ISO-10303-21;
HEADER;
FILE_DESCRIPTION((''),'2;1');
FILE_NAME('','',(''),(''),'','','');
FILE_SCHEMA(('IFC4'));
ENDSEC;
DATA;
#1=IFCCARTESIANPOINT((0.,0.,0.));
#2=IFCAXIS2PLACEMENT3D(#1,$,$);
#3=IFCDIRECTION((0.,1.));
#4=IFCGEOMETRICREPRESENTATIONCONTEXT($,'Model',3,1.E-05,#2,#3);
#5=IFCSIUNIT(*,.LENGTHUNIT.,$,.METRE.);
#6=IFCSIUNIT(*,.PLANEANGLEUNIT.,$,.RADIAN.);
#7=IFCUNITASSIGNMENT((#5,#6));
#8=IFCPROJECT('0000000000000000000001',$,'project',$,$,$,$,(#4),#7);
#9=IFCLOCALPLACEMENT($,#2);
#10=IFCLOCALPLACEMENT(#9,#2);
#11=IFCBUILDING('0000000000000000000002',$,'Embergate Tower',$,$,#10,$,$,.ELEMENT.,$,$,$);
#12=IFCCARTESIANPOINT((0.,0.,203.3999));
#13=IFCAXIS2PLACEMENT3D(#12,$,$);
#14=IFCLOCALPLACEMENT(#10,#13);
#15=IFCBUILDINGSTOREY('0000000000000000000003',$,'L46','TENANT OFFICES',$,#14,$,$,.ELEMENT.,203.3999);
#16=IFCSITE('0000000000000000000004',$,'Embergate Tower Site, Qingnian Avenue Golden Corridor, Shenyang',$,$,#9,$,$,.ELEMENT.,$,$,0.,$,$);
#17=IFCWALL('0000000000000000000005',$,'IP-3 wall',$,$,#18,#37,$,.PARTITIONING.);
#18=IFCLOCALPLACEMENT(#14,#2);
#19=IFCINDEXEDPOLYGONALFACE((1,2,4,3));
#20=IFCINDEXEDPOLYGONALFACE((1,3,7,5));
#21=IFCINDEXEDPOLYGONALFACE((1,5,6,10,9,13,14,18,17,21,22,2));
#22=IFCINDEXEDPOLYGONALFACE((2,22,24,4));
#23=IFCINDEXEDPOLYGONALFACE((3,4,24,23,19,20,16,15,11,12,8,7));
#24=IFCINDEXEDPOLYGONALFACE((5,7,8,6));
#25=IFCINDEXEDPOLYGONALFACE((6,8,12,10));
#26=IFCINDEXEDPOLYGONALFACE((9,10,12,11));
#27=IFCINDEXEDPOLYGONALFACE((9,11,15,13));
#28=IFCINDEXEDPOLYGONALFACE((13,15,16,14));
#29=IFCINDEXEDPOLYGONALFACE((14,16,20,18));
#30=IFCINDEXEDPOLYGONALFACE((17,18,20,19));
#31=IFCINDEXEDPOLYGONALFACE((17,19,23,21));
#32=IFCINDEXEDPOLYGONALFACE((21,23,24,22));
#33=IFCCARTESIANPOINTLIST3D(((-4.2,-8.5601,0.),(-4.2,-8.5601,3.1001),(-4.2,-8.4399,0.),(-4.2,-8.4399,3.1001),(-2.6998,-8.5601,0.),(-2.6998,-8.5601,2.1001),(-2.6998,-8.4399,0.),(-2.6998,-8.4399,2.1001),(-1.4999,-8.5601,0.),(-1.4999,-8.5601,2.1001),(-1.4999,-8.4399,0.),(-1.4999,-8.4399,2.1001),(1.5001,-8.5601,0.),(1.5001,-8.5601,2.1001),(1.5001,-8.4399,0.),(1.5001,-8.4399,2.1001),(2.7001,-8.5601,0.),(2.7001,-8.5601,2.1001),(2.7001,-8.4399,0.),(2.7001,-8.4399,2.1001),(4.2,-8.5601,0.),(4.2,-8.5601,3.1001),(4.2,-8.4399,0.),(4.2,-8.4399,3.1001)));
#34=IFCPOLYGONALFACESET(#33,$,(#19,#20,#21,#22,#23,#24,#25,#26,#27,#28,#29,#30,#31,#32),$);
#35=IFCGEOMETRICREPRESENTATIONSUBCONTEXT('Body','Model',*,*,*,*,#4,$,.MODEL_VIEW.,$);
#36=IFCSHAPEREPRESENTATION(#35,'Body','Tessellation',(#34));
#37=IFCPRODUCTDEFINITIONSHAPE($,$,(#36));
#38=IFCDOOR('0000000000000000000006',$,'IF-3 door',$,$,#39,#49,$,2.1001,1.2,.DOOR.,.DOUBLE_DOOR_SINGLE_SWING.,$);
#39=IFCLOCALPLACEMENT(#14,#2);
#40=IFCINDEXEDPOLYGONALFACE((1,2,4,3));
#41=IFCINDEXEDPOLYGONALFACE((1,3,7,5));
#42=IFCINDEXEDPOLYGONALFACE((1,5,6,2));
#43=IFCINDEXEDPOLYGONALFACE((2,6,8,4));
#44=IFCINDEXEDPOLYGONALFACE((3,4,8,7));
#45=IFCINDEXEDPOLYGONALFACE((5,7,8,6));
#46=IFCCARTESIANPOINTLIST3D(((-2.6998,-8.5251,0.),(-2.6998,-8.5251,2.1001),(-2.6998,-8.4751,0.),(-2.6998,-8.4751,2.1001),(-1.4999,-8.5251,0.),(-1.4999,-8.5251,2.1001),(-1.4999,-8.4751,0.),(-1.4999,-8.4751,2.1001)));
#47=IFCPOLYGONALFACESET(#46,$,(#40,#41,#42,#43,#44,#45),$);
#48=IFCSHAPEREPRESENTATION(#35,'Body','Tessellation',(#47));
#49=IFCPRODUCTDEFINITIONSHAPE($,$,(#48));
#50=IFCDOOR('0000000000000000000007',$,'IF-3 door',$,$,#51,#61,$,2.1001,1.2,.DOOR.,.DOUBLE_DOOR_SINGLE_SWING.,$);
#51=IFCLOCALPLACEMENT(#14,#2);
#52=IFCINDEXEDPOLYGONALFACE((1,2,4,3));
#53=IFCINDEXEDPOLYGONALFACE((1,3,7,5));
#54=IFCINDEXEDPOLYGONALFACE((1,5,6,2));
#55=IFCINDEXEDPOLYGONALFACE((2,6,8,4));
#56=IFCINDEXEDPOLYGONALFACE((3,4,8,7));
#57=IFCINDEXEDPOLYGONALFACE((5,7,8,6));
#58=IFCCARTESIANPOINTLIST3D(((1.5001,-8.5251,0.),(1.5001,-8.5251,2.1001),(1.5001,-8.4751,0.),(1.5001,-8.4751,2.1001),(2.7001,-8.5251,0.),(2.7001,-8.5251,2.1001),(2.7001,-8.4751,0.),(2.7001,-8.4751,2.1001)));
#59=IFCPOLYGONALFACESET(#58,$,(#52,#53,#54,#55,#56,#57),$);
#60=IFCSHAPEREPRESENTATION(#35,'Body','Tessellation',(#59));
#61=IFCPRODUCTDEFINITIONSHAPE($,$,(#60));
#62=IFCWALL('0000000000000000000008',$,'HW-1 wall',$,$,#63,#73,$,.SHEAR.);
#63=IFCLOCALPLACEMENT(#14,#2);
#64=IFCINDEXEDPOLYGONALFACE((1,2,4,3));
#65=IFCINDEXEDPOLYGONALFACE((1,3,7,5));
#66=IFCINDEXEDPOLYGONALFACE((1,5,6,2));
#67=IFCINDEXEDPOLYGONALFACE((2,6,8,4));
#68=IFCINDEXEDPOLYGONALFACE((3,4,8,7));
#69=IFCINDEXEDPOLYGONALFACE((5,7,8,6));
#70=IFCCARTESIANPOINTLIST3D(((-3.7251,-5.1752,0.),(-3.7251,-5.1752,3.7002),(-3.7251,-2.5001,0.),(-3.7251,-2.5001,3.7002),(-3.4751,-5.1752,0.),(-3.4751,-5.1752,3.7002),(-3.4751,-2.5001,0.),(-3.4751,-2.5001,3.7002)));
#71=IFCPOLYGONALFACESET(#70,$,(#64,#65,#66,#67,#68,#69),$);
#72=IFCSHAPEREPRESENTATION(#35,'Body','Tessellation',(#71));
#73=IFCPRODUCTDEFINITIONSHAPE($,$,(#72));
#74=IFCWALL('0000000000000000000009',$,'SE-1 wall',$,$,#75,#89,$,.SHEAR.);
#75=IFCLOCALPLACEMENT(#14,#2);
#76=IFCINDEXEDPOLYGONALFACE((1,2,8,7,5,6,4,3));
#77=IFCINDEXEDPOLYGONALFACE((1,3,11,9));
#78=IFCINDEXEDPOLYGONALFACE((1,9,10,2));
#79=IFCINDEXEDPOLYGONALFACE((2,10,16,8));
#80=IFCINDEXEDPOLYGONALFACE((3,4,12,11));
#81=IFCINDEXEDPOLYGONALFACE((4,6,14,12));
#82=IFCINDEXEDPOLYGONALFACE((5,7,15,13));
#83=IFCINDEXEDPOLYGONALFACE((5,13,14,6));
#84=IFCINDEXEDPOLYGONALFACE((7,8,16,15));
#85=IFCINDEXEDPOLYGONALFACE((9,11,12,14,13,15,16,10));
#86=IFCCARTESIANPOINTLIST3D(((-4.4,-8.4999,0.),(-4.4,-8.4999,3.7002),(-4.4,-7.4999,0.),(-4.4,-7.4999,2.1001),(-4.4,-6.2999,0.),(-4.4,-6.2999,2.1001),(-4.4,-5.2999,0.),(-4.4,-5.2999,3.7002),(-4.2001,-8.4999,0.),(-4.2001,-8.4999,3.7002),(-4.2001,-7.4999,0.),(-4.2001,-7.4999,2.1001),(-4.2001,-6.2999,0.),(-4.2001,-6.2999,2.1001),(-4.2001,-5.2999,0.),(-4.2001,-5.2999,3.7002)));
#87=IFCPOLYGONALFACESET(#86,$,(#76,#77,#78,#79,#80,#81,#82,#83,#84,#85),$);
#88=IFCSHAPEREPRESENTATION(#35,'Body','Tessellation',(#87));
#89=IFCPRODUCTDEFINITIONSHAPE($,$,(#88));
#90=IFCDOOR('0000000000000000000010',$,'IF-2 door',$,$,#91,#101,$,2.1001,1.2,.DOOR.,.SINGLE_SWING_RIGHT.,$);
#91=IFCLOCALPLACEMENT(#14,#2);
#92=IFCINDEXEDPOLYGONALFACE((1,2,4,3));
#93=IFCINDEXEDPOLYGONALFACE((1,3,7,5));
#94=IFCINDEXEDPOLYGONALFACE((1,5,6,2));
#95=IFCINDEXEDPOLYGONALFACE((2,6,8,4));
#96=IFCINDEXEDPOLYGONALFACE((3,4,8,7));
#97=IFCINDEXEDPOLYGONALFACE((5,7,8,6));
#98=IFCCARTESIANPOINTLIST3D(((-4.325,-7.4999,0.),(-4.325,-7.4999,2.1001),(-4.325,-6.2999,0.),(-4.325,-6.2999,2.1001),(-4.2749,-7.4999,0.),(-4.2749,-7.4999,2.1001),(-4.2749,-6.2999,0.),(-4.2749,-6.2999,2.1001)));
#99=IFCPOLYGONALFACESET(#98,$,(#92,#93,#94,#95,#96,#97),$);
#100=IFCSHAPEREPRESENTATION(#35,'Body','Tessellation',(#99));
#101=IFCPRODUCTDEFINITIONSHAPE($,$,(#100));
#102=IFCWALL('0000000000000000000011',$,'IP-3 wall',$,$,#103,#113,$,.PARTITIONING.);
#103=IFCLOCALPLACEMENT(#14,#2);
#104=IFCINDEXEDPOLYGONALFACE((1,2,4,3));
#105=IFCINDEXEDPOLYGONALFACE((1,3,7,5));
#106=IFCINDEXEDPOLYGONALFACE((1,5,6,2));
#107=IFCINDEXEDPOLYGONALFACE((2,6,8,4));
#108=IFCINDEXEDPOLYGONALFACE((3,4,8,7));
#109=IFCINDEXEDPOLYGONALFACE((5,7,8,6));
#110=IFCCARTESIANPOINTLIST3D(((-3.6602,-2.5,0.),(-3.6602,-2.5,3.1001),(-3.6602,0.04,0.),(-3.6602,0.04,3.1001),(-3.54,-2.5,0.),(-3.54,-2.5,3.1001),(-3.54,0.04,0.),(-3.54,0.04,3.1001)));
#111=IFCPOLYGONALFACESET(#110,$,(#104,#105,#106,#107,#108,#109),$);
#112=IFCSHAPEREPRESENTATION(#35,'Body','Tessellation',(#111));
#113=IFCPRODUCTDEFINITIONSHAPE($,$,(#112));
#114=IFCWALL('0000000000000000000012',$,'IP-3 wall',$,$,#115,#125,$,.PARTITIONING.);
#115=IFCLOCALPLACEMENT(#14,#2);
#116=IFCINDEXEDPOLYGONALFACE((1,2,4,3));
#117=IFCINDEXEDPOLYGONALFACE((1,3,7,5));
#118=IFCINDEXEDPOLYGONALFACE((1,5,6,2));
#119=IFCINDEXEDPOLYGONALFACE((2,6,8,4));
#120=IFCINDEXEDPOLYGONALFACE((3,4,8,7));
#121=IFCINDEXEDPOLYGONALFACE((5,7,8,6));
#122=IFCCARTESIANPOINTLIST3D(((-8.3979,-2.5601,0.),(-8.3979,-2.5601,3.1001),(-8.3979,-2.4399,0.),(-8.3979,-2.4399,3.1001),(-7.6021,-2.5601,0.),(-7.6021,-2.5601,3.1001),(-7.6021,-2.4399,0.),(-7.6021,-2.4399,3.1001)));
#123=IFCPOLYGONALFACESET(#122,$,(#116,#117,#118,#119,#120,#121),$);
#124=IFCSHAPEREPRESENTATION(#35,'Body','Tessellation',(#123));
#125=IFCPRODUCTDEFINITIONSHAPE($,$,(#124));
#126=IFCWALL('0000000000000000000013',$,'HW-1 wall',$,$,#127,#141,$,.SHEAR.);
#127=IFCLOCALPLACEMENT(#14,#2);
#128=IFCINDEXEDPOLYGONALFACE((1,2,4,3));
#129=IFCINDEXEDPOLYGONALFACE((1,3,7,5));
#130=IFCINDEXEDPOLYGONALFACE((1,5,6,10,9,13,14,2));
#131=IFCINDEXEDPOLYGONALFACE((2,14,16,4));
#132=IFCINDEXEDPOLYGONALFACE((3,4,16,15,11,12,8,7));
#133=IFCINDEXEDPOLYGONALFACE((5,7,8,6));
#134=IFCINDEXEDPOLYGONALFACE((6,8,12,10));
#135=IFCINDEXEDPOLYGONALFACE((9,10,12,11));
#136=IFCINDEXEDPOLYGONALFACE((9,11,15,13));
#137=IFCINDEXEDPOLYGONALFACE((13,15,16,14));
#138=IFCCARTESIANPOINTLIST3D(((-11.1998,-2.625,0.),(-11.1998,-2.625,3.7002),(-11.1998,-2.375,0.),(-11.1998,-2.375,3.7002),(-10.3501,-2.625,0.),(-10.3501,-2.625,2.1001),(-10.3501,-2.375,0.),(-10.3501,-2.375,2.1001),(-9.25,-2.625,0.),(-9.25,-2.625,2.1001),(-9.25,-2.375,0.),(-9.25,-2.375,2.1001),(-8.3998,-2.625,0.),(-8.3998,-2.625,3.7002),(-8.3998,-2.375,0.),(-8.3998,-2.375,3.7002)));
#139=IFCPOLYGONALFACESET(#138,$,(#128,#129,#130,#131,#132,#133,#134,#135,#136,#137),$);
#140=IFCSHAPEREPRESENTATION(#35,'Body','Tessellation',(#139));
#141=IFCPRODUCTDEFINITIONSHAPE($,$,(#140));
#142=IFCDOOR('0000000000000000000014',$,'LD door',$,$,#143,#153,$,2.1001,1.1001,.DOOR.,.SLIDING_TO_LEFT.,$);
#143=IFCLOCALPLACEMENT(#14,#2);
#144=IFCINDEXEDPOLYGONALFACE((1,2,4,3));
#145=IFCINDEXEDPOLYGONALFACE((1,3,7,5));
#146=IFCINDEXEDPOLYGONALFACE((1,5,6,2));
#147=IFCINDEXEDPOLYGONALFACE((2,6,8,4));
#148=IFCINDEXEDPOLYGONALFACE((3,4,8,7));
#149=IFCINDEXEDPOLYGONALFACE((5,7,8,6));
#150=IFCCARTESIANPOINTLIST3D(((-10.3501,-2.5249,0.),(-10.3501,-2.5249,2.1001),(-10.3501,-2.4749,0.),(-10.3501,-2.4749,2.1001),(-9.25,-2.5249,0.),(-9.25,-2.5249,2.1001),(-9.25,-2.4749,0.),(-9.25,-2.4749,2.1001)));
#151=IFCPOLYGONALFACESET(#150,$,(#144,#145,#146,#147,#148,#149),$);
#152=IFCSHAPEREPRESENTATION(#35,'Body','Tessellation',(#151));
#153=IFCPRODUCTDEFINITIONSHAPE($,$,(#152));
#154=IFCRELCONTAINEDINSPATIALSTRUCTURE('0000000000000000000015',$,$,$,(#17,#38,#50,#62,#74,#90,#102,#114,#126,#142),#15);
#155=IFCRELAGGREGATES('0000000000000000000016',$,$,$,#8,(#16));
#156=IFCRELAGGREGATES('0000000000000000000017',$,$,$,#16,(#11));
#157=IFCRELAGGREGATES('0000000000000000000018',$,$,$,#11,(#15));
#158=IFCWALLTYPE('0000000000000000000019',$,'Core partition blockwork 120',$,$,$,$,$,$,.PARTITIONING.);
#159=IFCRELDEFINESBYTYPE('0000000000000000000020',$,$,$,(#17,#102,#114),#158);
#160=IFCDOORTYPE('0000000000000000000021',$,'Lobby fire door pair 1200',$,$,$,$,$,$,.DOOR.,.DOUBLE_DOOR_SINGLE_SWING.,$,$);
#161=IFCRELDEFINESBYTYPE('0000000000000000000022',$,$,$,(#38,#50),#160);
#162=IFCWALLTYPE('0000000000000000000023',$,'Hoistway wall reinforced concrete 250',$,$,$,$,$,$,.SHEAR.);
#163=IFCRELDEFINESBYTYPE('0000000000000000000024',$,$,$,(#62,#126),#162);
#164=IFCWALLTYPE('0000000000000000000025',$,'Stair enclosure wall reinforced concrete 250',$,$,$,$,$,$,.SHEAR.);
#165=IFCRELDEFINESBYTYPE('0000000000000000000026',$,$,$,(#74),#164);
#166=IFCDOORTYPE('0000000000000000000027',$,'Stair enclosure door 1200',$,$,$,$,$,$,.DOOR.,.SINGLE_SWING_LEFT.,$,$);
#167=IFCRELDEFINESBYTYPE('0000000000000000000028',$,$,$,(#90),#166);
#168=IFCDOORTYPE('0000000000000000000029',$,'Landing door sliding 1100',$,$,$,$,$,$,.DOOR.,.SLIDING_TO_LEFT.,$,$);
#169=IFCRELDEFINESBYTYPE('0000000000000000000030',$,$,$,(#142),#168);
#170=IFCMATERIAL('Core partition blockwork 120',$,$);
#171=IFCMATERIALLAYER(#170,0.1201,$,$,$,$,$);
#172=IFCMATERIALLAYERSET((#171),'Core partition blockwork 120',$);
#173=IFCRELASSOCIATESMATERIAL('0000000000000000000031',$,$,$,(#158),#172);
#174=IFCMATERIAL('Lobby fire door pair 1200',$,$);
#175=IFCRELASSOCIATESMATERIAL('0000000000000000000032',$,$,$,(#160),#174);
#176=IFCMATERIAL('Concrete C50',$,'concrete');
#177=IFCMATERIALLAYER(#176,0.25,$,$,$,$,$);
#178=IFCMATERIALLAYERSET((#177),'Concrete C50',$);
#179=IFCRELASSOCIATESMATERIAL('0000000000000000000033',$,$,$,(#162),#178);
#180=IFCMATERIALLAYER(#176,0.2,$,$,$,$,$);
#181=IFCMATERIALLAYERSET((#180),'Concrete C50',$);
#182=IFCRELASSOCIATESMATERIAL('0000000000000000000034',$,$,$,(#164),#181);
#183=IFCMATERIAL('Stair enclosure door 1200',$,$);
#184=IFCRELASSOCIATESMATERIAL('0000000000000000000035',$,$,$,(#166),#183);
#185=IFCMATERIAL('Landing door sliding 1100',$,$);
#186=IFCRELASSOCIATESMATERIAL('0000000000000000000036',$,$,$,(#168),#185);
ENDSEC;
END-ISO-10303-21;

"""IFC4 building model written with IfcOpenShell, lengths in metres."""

from ifc_helpers import new_model, si_unit, direction, frame, frame_2d, origin, place, context, subcontext, project, spatial, rectangle, extrude, source, transform, mapped, material, layer, layer_set, type_object, element, fill, save


model = new_model("IFC4")

# Units and contexts
model_context = context("Model", 3, precision=1e-05, world=origin(), true_north=direction((0.0, 1.0)))
body_context = subcontext(model_context, "Body", "Model", "MODEL_VIEW")
ifc_project = project(units=[si_unit("LENGTHUNIT", "METRE"), si_unit("PLANEANGLEUNIT", "RADIAN")], contexts=[model_context])

# Site, building, storey
site_placement = place(None, origin())
site = spatial("IfcSite", under=ifc_project, at=site_placement, Name="Embergate Tower Site, Qingnian Avenue Golden Corridor, Shenyang", CompositionType="ELEMENT", RefElevation=0.0)
building_placement = place(site_placement, origin())
building = spatial("IfcBuilding", under=site, at=building_placement, Name="Embergate Tower", CompositionType="ELEMENT")
storey_placement = place(building_placement, frame((0.0, 0.0, 203.3999)))
storey = spatial("IfcBuildingStorey", under=building, at=storey_placement, Name="L46", Description="TENANT OFFICES", CompositionType="ELEMENT", Elevation=203.3999)

# Wall, openings, doors
ifc_material_1 = material(Name="Core partition blockwork 120")
ifc_layer_1 = layer(ifc_material_1, 0.1201)
ifc_layer_set_1 = layer_set([ifc_layer_1], Name="Core partition blockwork 120")
wall_type_1 = type_object("IfcWallType", Name="Core partition blockwork 120", PredefinedType="PARTITIONING", material=ifc_layer_set_1)
shared_shape_1 = source(origin(), body_context, "Body", "SweptSolid", [
    extrude(rectangle(XDim=8.3999, YDim=0.1201, at=frame_2d((4.2, 0.0))), origin(), (0.0, 0.0, 1.0), 3.1001),
])
wall_1_placement = place(storey_placement, frame((-4.2, -8.5, 0.0), z_axis=(0.0, 0.0, 1.0), x_axis=(1.0, 0.0, 0.0)))
wall_1 = element("IfcWall", 1, at=wall_1_placement, inside=storey, type_object=wall_type_1, Name="IP-3 wall", PredefinedType="PARTITIONING", context=body_context, shape_type="MappedRepresentation", body=[
    mapped(shared_shape_1, transform((0.0, 0.0, 0.0))),
])
shared_shape_2 = source(origin(), body_context, "Body", "SweptSolid", [
    extrude(rectangle(XDim=1.2, YDim=2.1001, at=frame_2d((0.6001, 1.05))), frame((0.0, 0.0701, 0.0), z_axis=(0.0, -1.0, 0.0), x_axis=(1.0, 0.0, 0.0)), (0.0, 0.0, 1.0), 0.1401),
])
opening_1_placement = place(wall_1_placement, frame((1.5, 0.0, 0.0)))
opening_1 = element("IfcOpeningElement", 2, at=opening_1_placement, cuts=wall_1, PredefinedType="OPENING", context=body_context, shape_type="MappedRepresentation", body=[
    mapped(shared_shape_2, transform((0.0, 0.0, 0.0))),
])
opening_2_placement = place(wall_1_placement, frame((5.7, 0.0, 0.0)))
opening_2 = element("IfcOpeningElement", 3, at=opening_2_placement, cuts=wall_1, PredefinedType="OPENING", context=body_context, shape_type="MappedRepresentation", body=[
    mapped(shared_shape_2, transform((0.0, 0.0, 0.0))),
])
ifc_material_2 = material(Name="Lobby fire door pair 1200")
door_type_1 = type_object("IfcDoorType", Name="Lobby fire door pair 1200", OperationType="DOUBLE_DOOR_SINGLE_SWING", PredefinedType="DOOR", material=ifc_material_2)
shared_shape_3 = source(origin(), body_context, "Body", "SweptSolid", [
    extrude(rectangle(XDim=1.2, YDim=2.1001, at=frame_2d((0.6001, 1.05))), frame((0.0, 0.0249, 0.0), z_axis=(0.0, -1.0, 0.0), x_axis=(1.0, 0.0, 0.0)), (0.0, 0.0, 1.0), 0.05),
])
door_1_placement = place(opening_1_placement, origin())
door_1 = element("IfcDoor", 4, at=door_1_placement, inside=storey, type_object=door_type_1, Name="IF-3 door", OperationType="DOUBLE_DOOR_SINGLE_SWING", OverallHeight=2.1001, OverallWidth=1.2, PredefinedType="DOOR", context=body_context, shape_type="MappedRepresentation", body=[
    mapped(shared_shape_3, transform((0.0, 0.0, 0.0))),
])
fill(opening_1, door_1)
door_2_placement = place(opening_2_placement, origin())
door_2 = element("IfcDoor", 5, at=door_2_placement, inside=storey, type_object=door_type_1, Name="IF-3 door", OperationType="DOUBLE_DOOR_SINGLE_SWING", OverallHeight=2.1001, OverallWidth=1.2, PredefinedType="DOOR", context=body_context, shape_type="MappedRepresentation", body=[
    mapped(shared_shape_3, transform((0.0, 0.0, 0.0))),
])
fill(opening_2, door_2)

# Wall
ifc_material_3 = material(Name="Concrete C50", Category="concrete")
ifc_layer_2 = layer(ifc_material_3, 0.25)
ifc_layer_set_2 = layer_set([ifc_layer_2], Name="Concrete C50")
wall_type_2 = type_object("IfcWallType", Name="Hoistway wall reinforced concrete 250", PredefinedType="SHEAR", material=ifc_layer_set_2)
shared_shape_4 = source(origin(), body_context, "Body", "SweptSolid", [
    extrude(rectangle(XDim=2.675, YDim=0.25, at=frame_2d((1.3374, 0.0))), origin(), (0.0, 0.0, 1.0), 3.7002),
])
wall_2_placement = place(storey_placement, frame((-3.6001, -5.175, 0.0), z_axis=(0.0, 0.0, 1.0), x_axis=(0.0, 1.0, 0.0)))
element("IfcWall", 6, at=wall_2_placement, inside=storey, type_object=wall_type_2, Name="HW-1 wall", PredefinedType="SHEAR", context=body_context, shape_type="MappedRepresentation", body=[
    mapped(shared_shape_4, transform((0.0, 0.0, 0.0))),
])

# Wall, opening, door
ifc_layer_3 = layer(ifc_material_3, 0.2)
ifc_layer_set_3 = layer_set([ifc_layer_3], Name="Concrete C50")
wall_type_3 = type_object("IfcWallType", Name="Stair enclosure wall reinforced concrete 250", PredefinedType="SHEAR", material=ifc_layer_set_3)
shared_shape_5 = source(origin(), body_context, "Body", "SweptSolid", [
    extrude(rectangle(XDim=3.2, YDim=0.2, at=frame_2d((1.6001, 0.0))), origin(), (0.0, 0.0, 1.0), 3.7002),
])
wall_3_placement = place(storey_placement, frame((-4.3, -8.5, 0.0), z_axis=(0.0, 0.0, 1.0), x_axis=(0.0, 1.0, 0.0)))
wall_3 = element("IfcWall", 7, at=wall_3_placement, inside=storey, type_object=wall_type_3, Name="SE-1 wall", PredefinedType="SHEAR", context=body_context, shape_type="MappedRepresentation", body=[
    mapped(shared_shape_5, transform((0.0, 0.0, 0.0))),
])
shared_shape_6 = source(origin(), body_context, "Body", "SweptSolid", [
    extrude(rectangle(XDim=1.2, YDim=2.1001, at=frame_2d((0.6001, 1.05))), frame((0.0, 0.1099, 0.0), z_axis=(0.0, -1.0, 0.0), x_axis=(1.0, 0.0, 0.0)), (0.0, 0.0, 1.0), 0.22),
])
opening_3_placement = place(wall_3_placement, frame((1.0, 0.0, 0.0)))
opening_3 = element("IfcOpeningElement", 8, at=opening_3_placement, cuts=wall_3, PredefinedType="OPENING", context=body_context, shape_type="MappedRepresentation", body=[
    mapped(shared_shape_6, transform((0.0, 0.0, 0.0))),
])
ifc_material_4 = material(Name="Stair enclosure door 1200")
door_type_2 = type_object("IfcDoorType", Name="Stair enclosure door 1200", OperationType="SINGLE_SWING_LEFT", PredefinedType="DOOR", material=ifc_material_4)
door_3_placement = place(opening_3_placement, origin())
door_3 = element("IfcDoor", 9, at=door_3_placement, inside=storey, type_object=door_type_2, Name="IF-2 door", OperationType="SINGLE_SWING_RIGHT", OverallHeight=2.1001, OverallWidth=1.2, PredefinedType="DOOR", context=body_context, shape_type="MappedRepresentation", body=[
    mapped(shared_shape_3, transform((0.0, 0.0, 0.0))),
])
fill(opening_3, door_3)

# Walls
shared_shape_7 = source(origin(), body_context, "Body", "SweptSolid", [
    extrude(rectangle(XDim=2.54, YDim=0.1201, at=frame_2d((1.27, 0.0))), origin(), (0.0, 0.0, 1.0), 3.1001),
])
wall_4_placement = place(storey_placement, frame((-3.6001, -2.5, 0.0), z_axis=(0.0, 0.0, 1.0), x_axis=(0.0, 1.0, 0.0)))
element("IfcWall", 10, at=wall_4_placement, inside=storey, type_object=wall_type_1, Name="IP-3 wall", PredefinedType="PARTITIONING", context=body_context, shape_type="MappedRepresentation", body=[
    mapped(shared_shape_7, transform((0.0, 0.0, 0.0))),
])
shared_shape_8 = source(origin(), body_context, "Body", "SweptSolid", [
    extrude(rectangle(XDim=0.7959, YDim=0.1201, at=frame_2d((0.3979, 0.0))), origin(), (0.0, 0.0, 1.0), 3.1001),
])
wall_5_placement = place(storey_placement, frame((-8.3979, -2.5, 0.0), z_axis=(0.0, 0.0, 1.0), x_axis=(1.0, 0.0, 0.0)))
element("IfcWall", 11, at=wall_5_placement, inside=storey, type_object=wall_type_1, Name="IP-3 wall", PredefinedType="PARTITIONING", context=body_context, shape_type="MappedRepresentation", body=[
    mapped(shared_shape_8, transform((0.0, 0.0, 0.0))),
])

# Wall, opening, door
shared_shape_9 = source(origin(), body_context, "Body", "SweptSolid", [
    extrude(rectangle(XDim=2.8, YDim=0.25, at=frame_2d((1.3999, 0.0))), origin(), (0.0, 0.0, 1.0), 3.7002),
])
wall_6_placement = place(storey_placement, frame((-8.3999, -2.5, 0.0), z_axis=(0.0, 0.0, 1.0), x_axis=(-1.0, 0.0, 0.0)))
wall_6 = element("IfcWall", 12, at=wall_6_placement, inside=storey, type_object=wall_type_2, Name="HW-1 wall", PredefinedType="SHEAR", context=body_context, shape_type="MappedRepresentation", body=[
    mapped(shared_shape_9, transform((0.0, 0.0, 0.0))),
])
shared_shape_10 = source(origin(), body_context, "Body", "SweptSolid", [
    extrude(rectangle(XDim=1.1001, YDim=2.1001, at=frame_2d((0.55, 1.05))), frame((0.0, 0.135, 0.0), z_axis=(0.0, -1.0, 0.0), x_axis=(1.0, 0.0, 0.0)), (0.0, 0.0, 1.0), 0.27),
])
opening_4_placement = place(wall_6_placement, frame((0.8501, 0.0, 0.0)))
opening_4 = element("IfcOpeningElement", 13, at=opening_4_placement, cuts=wall_6, PredefinedType="OPENING", context=body_context, shape_type="MappedRepresentation", body=[
    mapped(shared_shape_10, transform((0.0, 0.0, 0.0))),
])
ifc_material_5 = material(Name="Landing door sliding 1100")
door_type_3 = type_object("IfcDoorType", Name="Landing door sliding 1100", OperationType="SLIDING_TO_LEFT", PredefinedType="DOOR", material=ifc_material_5)
shared_shape_11 = source(origin(), body_context, "Body", "SweptSolid", [
    extrude(rectangle(XDim=1.1001, YDim=2.1001, at=frame_2d((0.55, 1.05))), frame((0.0, 0.0249, 0.0), z_axis=(0.0, -1.0, 0.0), x_axis=(1.0, 0.0, 0.0)), (0.0, 0.0, 1.0), 0.05),
])
door_4_placement = place(opening_4_placement, origin())
door_4 = element("IfcDoor", 14, at=door_4_placement, inside=storey, type_object=door_type_3, Name="LD door", OperationType="SLIDING_TO_LEFT", OverallHeight=2.1001, OverallWidth=1.1001, PredefinedType="DOOR", context=body_context, shape_type="MappedRepresentation", body=[
    mapped(shared_shape_11, transform((0.0, 0.0, 0.0))),
])
fill(opening_4, door_4)

save(model, "model.ifc")
